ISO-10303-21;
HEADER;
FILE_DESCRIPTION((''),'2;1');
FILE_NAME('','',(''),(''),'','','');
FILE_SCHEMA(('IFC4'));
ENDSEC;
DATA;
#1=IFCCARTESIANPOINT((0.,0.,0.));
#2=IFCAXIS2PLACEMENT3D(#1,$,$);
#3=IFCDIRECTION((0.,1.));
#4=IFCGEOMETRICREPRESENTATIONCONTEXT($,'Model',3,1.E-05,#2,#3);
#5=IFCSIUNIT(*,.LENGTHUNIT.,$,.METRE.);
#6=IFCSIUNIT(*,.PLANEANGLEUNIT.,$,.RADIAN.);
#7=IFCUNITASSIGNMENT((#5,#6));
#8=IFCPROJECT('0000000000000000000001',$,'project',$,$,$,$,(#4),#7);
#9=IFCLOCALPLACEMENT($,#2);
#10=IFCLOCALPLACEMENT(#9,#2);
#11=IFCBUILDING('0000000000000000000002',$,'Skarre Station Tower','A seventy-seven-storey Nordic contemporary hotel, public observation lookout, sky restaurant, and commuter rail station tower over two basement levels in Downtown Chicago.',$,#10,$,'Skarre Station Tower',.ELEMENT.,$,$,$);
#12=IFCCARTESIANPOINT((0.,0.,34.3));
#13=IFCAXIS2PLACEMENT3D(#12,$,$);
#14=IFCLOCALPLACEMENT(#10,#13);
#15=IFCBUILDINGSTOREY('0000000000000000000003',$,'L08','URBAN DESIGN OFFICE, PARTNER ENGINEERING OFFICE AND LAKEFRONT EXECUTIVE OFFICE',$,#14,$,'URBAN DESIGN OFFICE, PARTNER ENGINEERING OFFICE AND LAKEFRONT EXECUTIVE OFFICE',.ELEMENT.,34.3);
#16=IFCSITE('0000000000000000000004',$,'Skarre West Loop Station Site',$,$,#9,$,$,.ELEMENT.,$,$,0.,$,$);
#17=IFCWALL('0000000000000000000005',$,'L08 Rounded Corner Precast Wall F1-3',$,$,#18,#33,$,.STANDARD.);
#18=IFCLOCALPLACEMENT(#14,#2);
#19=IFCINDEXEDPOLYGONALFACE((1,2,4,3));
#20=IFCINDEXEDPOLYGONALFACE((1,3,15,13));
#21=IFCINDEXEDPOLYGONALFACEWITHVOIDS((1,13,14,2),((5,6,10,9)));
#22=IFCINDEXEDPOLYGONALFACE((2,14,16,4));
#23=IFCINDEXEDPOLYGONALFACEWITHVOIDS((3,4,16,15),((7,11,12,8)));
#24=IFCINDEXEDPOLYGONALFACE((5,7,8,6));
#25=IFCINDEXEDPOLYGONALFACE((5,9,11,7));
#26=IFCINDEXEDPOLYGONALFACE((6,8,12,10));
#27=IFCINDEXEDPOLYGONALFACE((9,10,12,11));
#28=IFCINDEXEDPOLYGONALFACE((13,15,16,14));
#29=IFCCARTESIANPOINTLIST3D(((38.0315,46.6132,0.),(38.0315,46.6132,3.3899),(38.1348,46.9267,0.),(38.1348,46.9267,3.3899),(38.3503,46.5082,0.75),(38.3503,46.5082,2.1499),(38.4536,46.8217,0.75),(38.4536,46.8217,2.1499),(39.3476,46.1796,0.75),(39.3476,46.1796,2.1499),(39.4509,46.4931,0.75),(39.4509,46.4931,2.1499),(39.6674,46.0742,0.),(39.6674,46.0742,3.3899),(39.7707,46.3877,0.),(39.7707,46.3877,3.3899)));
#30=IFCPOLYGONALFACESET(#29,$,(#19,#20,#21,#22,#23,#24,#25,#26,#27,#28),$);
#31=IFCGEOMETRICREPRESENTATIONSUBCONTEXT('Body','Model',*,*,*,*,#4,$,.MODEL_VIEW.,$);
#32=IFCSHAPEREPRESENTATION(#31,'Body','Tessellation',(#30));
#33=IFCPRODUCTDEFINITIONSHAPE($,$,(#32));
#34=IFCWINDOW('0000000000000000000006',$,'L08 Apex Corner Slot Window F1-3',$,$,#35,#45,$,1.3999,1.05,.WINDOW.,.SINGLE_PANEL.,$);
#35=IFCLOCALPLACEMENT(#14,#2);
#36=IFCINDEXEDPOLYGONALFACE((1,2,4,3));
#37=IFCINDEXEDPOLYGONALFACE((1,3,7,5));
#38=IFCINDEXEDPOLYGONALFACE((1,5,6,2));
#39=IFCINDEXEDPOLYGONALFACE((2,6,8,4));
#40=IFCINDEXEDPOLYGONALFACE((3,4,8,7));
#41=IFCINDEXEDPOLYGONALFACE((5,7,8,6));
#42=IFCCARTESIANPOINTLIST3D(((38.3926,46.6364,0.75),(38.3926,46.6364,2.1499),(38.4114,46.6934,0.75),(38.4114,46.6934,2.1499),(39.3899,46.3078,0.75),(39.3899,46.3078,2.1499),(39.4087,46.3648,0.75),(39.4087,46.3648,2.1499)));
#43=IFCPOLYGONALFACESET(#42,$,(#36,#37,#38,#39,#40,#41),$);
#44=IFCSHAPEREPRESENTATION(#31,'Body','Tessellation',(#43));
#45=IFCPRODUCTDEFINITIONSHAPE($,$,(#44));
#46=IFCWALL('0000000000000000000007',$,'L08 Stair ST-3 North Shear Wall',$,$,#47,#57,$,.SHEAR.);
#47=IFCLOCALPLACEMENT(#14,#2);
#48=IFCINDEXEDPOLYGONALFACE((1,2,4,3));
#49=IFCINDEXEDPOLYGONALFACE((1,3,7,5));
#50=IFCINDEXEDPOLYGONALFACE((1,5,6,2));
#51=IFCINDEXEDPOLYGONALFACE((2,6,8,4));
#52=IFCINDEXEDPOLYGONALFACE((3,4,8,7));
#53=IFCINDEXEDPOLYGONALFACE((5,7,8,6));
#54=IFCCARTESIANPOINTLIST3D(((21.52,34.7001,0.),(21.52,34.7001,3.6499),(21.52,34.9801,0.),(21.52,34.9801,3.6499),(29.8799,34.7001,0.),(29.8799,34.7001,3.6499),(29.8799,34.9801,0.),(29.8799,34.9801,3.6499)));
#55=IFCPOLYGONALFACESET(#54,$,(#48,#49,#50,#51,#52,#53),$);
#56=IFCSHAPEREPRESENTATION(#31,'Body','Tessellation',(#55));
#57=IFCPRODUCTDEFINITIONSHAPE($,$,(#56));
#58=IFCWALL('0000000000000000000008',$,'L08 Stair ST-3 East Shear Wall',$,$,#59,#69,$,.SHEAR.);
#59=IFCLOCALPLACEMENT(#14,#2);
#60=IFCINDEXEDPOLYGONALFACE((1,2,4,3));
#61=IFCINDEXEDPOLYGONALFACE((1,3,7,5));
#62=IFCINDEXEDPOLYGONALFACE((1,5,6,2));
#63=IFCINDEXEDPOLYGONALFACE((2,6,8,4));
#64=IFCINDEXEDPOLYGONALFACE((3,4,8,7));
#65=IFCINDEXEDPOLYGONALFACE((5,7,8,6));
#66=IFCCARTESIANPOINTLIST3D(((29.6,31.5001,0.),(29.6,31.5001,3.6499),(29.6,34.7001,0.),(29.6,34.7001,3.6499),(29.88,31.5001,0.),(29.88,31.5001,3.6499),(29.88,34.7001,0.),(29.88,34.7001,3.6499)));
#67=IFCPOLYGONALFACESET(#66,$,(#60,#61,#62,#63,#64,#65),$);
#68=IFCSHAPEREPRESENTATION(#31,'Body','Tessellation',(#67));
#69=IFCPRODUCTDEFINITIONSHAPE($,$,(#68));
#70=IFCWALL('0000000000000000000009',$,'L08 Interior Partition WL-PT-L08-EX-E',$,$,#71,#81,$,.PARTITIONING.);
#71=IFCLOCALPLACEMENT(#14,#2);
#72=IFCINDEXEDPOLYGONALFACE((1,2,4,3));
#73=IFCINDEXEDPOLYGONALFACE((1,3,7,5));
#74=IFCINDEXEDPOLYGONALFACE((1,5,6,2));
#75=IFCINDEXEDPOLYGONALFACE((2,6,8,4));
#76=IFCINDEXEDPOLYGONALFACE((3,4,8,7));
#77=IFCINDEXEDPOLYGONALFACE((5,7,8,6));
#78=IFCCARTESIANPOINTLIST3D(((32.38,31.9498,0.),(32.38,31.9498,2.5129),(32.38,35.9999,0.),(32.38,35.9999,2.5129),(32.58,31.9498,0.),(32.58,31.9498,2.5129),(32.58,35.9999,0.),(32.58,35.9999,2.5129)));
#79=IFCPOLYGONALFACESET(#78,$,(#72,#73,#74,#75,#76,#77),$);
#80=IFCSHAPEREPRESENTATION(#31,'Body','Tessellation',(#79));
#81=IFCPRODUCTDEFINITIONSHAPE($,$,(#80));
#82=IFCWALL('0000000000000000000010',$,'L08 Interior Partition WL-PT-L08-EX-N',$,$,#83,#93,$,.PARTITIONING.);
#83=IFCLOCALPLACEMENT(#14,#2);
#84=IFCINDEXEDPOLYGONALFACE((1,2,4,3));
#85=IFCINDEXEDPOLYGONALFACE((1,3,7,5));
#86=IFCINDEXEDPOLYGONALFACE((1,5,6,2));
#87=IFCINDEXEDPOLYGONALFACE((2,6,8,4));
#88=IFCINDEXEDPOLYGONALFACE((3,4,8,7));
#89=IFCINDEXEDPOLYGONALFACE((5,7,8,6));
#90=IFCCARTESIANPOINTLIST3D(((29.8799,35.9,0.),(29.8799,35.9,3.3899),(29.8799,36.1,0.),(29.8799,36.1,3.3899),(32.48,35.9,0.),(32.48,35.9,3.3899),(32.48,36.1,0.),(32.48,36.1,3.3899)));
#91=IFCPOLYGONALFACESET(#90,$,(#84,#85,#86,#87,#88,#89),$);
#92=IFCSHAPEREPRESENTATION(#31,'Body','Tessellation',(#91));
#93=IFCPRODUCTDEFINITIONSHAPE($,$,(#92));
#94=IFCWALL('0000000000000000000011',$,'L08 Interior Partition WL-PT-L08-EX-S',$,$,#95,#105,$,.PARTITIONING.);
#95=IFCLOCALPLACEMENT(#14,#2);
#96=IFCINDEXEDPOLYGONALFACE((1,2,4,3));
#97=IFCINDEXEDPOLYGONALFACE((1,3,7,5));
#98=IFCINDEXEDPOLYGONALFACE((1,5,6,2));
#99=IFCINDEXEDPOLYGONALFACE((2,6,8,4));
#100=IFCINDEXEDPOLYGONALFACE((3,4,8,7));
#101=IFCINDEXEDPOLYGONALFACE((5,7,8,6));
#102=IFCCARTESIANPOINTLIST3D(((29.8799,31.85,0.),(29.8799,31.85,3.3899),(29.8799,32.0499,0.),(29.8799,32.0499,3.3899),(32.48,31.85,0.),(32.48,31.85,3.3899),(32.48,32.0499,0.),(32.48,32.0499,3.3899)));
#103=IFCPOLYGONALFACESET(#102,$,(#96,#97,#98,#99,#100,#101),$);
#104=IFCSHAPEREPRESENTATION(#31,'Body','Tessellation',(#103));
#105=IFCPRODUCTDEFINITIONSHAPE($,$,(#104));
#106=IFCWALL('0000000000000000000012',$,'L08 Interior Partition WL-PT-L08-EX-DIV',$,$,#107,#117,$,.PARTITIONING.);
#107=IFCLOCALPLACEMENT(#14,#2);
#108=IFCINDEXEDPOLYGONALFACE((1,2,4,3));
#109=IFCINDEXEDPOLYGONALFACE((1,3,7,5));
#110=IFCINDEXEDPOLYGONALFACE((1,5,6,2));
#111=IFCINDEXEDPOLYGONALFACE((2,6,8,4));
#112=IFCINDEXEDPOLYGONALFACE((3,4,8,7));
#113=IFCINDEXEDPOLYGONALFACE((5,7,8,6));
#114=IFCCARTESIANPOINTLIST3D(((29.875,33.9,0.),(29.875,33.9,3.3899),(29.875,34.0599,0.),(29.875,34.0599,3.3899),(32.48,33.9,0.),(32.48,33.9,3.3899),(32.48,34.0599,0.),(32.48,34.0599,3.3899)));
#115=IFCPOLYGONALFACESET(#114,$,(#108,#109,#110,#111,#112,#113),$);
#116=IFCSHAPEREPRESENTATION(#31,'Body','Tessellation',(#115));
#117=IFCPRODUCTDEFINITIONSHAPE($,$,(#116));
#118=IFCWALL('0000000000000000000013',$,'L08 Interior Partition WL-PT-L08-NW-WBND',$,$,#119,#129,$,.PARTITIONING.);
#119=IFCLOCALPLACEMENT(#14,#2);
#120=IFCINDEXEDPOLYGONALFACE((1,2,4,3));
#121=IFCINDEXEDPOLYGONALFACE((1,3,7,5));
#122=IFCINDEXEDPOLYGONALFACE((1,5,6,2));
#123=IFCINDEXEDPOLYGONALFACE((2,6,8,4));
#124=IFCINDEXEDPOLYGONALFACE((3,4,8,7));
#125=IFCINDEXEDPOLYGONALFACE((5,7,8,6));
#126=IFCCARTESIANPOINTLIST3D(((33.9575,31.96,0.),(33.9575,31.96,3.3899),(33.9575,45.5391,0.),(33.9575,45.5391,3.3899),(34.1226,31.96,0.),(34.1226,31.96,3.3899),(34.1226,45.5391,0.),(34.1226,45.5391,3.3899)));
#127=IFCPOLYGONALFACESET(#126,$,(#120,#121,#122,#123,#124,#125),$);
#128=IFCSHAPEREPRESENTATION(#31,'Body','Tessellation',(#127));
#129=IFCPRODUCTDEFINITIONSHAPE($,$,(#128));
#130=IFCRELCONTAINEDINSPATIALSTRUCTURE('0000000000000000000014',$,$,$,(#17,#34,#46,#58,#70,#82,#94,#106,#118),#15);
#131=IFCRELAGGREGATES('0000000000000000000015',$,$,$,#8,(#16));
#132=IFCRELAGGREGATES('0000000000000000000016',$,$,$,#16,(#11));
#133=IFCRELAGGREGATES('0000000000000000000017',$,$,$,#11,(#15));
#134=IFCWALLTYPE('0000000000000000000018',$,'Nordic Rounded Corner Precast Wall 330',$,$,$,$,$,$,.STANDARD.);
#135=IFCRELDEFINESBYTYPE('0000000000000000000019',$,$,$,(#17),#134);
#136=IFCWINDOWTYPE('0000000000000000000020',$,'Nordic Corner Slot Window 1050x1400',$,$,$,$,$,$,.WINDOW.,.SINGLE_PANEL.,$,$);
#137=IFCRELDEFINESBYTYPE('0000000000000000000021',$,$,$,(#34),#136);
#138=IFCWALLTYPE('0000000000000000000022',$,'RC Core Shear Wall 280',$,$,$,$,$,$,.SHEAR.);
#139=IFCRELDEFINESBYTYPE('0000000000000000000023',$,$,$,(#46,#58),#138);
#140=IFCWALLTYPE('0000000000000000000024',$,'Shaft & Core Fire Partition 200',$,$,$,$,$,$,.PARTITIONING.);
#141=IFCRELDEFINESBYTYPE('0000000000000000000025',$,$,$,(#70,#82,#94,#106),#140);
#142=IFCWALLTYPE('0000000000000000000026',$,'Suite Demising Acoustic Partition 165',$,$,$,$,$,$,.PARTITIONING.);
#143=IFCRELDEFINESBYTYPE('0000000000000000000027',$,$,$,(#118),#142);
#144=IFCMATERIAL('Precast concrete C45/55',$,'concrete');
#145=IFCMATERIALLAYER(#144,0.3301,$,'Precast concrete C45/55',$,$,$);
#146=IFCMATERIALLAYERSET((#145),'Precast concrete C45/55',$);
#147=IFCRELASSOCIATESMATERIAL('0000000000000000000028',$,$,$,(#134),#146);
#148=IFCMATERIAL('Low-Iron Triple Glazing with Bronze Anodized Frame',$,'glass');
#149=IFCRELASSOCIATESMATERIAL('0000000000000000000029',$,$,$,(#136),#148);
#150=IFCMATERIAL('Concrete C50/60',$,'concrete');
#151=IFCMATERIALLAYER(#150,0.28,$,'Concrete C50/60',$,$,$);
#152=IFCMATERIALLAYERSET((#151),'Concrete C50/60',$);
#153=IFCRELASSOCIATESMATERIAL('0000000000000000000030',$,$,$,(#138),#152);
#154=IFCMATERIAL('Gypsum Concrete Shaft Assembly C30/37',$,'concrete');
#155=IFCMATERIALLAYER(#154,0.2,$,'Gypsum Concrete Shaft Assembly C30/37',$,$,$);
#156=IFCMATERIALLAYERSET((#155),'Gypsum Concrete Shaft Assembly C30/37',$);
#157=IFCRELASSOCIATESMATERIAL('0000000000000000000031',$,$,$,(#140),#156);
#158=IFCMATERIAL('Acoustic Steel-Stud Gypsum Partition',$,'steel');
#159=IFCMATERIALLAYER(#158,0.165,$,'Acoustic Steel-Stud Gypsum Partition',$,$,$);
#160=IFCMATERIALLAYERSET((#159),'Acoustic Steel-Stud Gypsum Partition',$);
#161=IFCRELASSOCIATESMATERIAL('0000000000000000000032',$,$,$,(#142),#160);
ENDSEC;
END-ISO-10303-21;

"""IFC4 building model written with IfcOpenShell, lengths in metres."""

from ifc_helpers import new_model, si_unit, direction, frame, frame_2d, origin, place, context, subcontext, project, spatial, rectangle, extrude, material, layer, layer_set, type_object, element, fill, save


model = new_model("IFC4")

# Units and contexts
model_context = context("Model", 3, precision=1e-05, world=origin(), true_north=direction((0.0, 1.0)))
body_context = subcontext(model_context, "Body", "Model", "MODEL_VIEW")
ifc_project = project(units=[si_unit("LENGTHUNIT", "METRE"), si_unit("PLANEANGLEUNIT", "RADIAN")], contexts=[model_context])

# Site, building, storey
site_placement = place(None, origin())
site = spatial("IfcSite", under=ifc_project, at=site_placement, Name="Skarre West Loop Station Site", CompositionType="ELEMENT", RefElevation=0.0)
building_placement = place(site_placement, origin())
building = spatial("IfcBuilding", under=site, at=building_placement, Name="Skarre Station Tower", Description="A seventy-seven-storey Nordic contemporary hotel, public observation lookout, sky restaurant, and commuter rail station tower over two basement levels in Downtown Chicago.", LongName="Skarre Station Tower", CompositionType="ELEMENT")
storey_placement = place(building_placement, frame((0.0, 0.0, 34.3)))
storey = spatial("IfcBuildingStorey", under=building, at=storey_placement, Name="L08", Description="URBAN DESIGN OFFICE, PARTNER ENGINEERING OFFICE AND LAKEFRONT EXECUTIVE OFFICE", LongName="URBAN DESIGN OFFICE, PARTNER ENGINEERING OFFICE AND LAKEFRONT EXECUTIVE OFFICE", CompositionType="ELEMENT", Elevation=34.3)

# Shared definitions
ifc_material_1 = material(Name="Acoustic Steel-Stud Gypsum Partition", Category="steel")

# Shared definitions
ifc_material_2 = material(Name="Precast concrete C45/55", Category="concrete")
ifc_material_3 = material(Name="Low-Iron Triple Glazing with Bronze Anodized Frame", Category="glass")

# Shared definitions
ifc_layer_1 = layer(ifc_material_2, 0.3301, Name="Precast concrete C45/55")
ifc_layer_set_1 = layer_set([ifc_layer_1], Name="Precast concrete C45/55")
wall_type_1 = type_object("IfcWallType", Name="Nordic Rounded Corner Precast Wall 330", PredefinedType="STANDARD", material=ifc_layer_set_1)

# Wall, opening, window
window_type_1 = type_object("IfcWindowType", Name="Nordic Corner Slot Window 1050x1400", PartitioningType="SINGLE_PANEL", PredefinedType="WINDOW", material=ifc_material_3)
wall_1_placement = place(storey_placement, frame((38.083, 46.77, 0.0), z_axis=(0.0, 0.0, 1.0), x_axis=(0.949769, -0.312952, 0.0)))
wall_1 = element("IfcWall", 1, at=wall_1_placement, inside=storey, type_object=wall_type_1, Name="L08 Rounded Corner Precast Wall F1-3", PredefinedType="STANDARD", context=body_context, shape_type="SweptSolid", body=[
    extrude(rectangle(XDim=1.7224, YDim=0.3301, at=frame_2d((0.8613, 0.0))), origin(), (0.0, 0.0, 1.0), 3.3899),
])
opening_1_placement = place(wall_1_placement, frame((0.3359, 0.0, 0.75)))
opening_1 = element("IfcOpeningElement", 2, at=opening_1_placement, cuts=wall_1, PredefinedType="OPENING", context=body_context, shape_type="SweptSolid", body=[
    extrude(rectangle(XDim=1.05, YDim=1.3999, at=frame_2d((0.5249, 0.7))), frame((0.0, 0.175, 0.0), z_axis=(0.0, -1.0, 0.0), x_axis=(1.0, 0.0, 0.0)), (0.0, 0.0, 1.0), 0.3501),
])
window_1_placement = place(opening_1_placement, origin())
window_1 = element("IfcWindow", 3, at=window_1_placement, inside=storey, type_object=window_type_1, Name="L08 Apex Corner Slot Window F1-3", OverallHeight=1.3999, OverallWidth=1.05, PartitioningType="SINGLE_PANEL", PredefinedType="WINDOW", context=body_context, shape_type="SweptSolid", body=[
    extrude(rectangle(XDim=1.05, YDim=1.3999, at=frame_2d((0.5249, 0.7))), frame((0.0, 0.03, 0.0), z_axis=(0.0, -1.0, 0.0), x_axis=(1.0, 0.0, 0.0)), (0.0, 0.0, 1.0), 0.0601),
])
fill(opening_1, window_1)

# Walls
ifc_material_4 = material(Name="Concrete C50/60", Category="concrete")
ifc_layer_2 = layer(ifc_material_4, 0.28, Name="Concrete C50/60")
ifc_layer_set_2 = layer_set([ifc_layer_2], Name="Concrete C50/60")
wall_type_2 = type_object("IfcWallType", Name="RC Core Shear Wall 280", PredefinedType="SHEAR", material=ifc_layer_set_2)
wall_2_placement = place(storey_placement, frame((29.8799, 34.8401, 0.0), z_axis=(0.0, 0.0, 1.0), x_axis=(-1.0, 0.0, 0.0)))
element("IfcWall", 4, at=wall_2_placement, inside=storey, type_object=wall_type_2, Name="L08 Stair ST-3 North Shear Wall", PredefinedType="SHEAR", context=body_context, shape_type="SweptSolid", body=[
    extrude(rectangle(XDim=8.3599, YDim=0.28, at=frame_2d((4.1799, 0.0))), origin(), (0.0, 0.0, 1.0), 3.6499),
])
wall_3_placement = place(storey_placement, frame((29.74, 31.5, 0.0), z_axis=(0.0, 0.0, 1.0), x_axis=(0.0, 1.0, 0.0)))
element("IfcWall", 5, at=wall_3_placement, inside=storey, type_object=wall_type_2, Name="L08 Stair ST-3 East Shear Wall", PredefinedType="SHEAR", context=body_context, shape_type="SweptSolid", body=[
    extrude(rectangle(XDim=3.2, YDim=0.28, at=frame_2d((1.6001, 0.0))), origin(), (0.0, 0.0, 1.0), 3.6499),
])
ifc_material_5 = material(Name="Gypsum Concrete Shaft Assembly C30/37", Category="concrete")
ifc_layer_3 = layer(ifc_material_5, 0.2, Name="Gypsum Concrete Shaft Assembly C30/37")
ifc_layer_set_3 = layer_set([ifc_layer_3], Name="Gypsum Concrete Shaft Assembly C30/37")
wall_type_3 = type_object("IfcWallType", Name="Shaft & Core Fire Partition 200", PredefinedType="PARTITIONING", material=ifc_layer_set_3)
wall_4_placement = place(storey_placement, frame((32.48, 31.95, 0.0), z_axis=(0.0, 0.0, 1.0), x_axis=(0.0, 1.0, 0.0)))
element("IfcWall", 6, at=wall_4_placement, inside=storey, type_object=wall_type_3, Name="L08 Interior Partition WL-PT-L08-EX-E", PredefinedType="PARTITIONING", context=body_context, shape_type="SweptSolid", body=[
    extrude(rectangle(XDim=4.05, YDim=0.2, at=frame_2d((2.0249, 0.0))), origin(), (0.0, 0.0, 1.0), 2.5129),
])
for number, where, z_axis, x_axis, name in (
    (7, (29.8799, 36.0, 0.0), (0.0, 0.0, 1.0), (1.0, 0.0, 0.0), "L08 Interior Partition WL-PT-L08-EX-N"),
    (8, (32.48, 31.95, 0.0), (0.0, 0.0, 1.0), (-1.0, 0.0, 0.0), "L08 Interior Partition WL-PT-L08-EX-S"),
):
    element("IfcWall", number, at=place(storey_placement, frame(where, z_axis=z_axis, x_axis=x_axis)), inside=storey, type_object=wall_type_3, Name=name, PredefinedType="PARTITIONING", context=body_context, shape_type="SweptSolid", body=[
        extrude(rectangle(XDim=2.6001, YDim=0.2, at=frame_2d((1.3, 0.0))), origin(), (0.0, 0.0, 1.0), 3.3899),
    ])
wall_5_placement = place(storey_placement, frame((29.875, 33.98, 0.0), z_axis=(0.0, 0.0, 1.0), x_axis=(1.0, 0.0, 0.0)))
element("IfcWall", 9, at=wall_5_placement, inside=storey, type_object=wall_type_3, Name="L08 Interior Partition WL-PT-L08-EX-DIV", PredefinedType="PARTITIONING", context=body_context, shape_type="SweptSolid", body=[
    extrude(rectangle(XDim=2.605, YDim=0.1599, at=frame_2d((1.3025, 0.0))), origin(), (0.0, 0.0, 1.0), 3.3899),
])
ifc_layer_4 = layer(ifc_material_1, 0.165, Name="Acoustic Steel-Stud Gypsum Partition")
ifc_layer_set_4 = layer_set([ifc_layer_4], Name="Acoustic Steel-Stud Gypsum Partition")
wall_type_4 = type_object("IfcWallType", Name="Suite Demising Acoustic Partition 165", PredefinedType="PARTITIONING", material=ifc_layer_set_4)
wall_6_placement = place(storey_placement, frame((34.04, 31.96, 0.0), z_axis=(0.0, 0.0, 1.0), x_axis=(0.0, 1.0, 0.0)))
element("IfcWall", 10, at=wall_6_placement, inside=storey, type_object=wall_type_4, Name="L08 Interior Partition WL-PT-L08-NW-WBND", PredefinedType="PARTITIONING", context=body_context, shape_type="SweptSolid", body=[
    extrude(rectangle(XDim=13.5791, YDim=0.165, at=frame_2d((6.7896, 0.0))), origin(), (0.0, 0.0, 1.0), 3.3899),
])

save(model, "model.ifc")
